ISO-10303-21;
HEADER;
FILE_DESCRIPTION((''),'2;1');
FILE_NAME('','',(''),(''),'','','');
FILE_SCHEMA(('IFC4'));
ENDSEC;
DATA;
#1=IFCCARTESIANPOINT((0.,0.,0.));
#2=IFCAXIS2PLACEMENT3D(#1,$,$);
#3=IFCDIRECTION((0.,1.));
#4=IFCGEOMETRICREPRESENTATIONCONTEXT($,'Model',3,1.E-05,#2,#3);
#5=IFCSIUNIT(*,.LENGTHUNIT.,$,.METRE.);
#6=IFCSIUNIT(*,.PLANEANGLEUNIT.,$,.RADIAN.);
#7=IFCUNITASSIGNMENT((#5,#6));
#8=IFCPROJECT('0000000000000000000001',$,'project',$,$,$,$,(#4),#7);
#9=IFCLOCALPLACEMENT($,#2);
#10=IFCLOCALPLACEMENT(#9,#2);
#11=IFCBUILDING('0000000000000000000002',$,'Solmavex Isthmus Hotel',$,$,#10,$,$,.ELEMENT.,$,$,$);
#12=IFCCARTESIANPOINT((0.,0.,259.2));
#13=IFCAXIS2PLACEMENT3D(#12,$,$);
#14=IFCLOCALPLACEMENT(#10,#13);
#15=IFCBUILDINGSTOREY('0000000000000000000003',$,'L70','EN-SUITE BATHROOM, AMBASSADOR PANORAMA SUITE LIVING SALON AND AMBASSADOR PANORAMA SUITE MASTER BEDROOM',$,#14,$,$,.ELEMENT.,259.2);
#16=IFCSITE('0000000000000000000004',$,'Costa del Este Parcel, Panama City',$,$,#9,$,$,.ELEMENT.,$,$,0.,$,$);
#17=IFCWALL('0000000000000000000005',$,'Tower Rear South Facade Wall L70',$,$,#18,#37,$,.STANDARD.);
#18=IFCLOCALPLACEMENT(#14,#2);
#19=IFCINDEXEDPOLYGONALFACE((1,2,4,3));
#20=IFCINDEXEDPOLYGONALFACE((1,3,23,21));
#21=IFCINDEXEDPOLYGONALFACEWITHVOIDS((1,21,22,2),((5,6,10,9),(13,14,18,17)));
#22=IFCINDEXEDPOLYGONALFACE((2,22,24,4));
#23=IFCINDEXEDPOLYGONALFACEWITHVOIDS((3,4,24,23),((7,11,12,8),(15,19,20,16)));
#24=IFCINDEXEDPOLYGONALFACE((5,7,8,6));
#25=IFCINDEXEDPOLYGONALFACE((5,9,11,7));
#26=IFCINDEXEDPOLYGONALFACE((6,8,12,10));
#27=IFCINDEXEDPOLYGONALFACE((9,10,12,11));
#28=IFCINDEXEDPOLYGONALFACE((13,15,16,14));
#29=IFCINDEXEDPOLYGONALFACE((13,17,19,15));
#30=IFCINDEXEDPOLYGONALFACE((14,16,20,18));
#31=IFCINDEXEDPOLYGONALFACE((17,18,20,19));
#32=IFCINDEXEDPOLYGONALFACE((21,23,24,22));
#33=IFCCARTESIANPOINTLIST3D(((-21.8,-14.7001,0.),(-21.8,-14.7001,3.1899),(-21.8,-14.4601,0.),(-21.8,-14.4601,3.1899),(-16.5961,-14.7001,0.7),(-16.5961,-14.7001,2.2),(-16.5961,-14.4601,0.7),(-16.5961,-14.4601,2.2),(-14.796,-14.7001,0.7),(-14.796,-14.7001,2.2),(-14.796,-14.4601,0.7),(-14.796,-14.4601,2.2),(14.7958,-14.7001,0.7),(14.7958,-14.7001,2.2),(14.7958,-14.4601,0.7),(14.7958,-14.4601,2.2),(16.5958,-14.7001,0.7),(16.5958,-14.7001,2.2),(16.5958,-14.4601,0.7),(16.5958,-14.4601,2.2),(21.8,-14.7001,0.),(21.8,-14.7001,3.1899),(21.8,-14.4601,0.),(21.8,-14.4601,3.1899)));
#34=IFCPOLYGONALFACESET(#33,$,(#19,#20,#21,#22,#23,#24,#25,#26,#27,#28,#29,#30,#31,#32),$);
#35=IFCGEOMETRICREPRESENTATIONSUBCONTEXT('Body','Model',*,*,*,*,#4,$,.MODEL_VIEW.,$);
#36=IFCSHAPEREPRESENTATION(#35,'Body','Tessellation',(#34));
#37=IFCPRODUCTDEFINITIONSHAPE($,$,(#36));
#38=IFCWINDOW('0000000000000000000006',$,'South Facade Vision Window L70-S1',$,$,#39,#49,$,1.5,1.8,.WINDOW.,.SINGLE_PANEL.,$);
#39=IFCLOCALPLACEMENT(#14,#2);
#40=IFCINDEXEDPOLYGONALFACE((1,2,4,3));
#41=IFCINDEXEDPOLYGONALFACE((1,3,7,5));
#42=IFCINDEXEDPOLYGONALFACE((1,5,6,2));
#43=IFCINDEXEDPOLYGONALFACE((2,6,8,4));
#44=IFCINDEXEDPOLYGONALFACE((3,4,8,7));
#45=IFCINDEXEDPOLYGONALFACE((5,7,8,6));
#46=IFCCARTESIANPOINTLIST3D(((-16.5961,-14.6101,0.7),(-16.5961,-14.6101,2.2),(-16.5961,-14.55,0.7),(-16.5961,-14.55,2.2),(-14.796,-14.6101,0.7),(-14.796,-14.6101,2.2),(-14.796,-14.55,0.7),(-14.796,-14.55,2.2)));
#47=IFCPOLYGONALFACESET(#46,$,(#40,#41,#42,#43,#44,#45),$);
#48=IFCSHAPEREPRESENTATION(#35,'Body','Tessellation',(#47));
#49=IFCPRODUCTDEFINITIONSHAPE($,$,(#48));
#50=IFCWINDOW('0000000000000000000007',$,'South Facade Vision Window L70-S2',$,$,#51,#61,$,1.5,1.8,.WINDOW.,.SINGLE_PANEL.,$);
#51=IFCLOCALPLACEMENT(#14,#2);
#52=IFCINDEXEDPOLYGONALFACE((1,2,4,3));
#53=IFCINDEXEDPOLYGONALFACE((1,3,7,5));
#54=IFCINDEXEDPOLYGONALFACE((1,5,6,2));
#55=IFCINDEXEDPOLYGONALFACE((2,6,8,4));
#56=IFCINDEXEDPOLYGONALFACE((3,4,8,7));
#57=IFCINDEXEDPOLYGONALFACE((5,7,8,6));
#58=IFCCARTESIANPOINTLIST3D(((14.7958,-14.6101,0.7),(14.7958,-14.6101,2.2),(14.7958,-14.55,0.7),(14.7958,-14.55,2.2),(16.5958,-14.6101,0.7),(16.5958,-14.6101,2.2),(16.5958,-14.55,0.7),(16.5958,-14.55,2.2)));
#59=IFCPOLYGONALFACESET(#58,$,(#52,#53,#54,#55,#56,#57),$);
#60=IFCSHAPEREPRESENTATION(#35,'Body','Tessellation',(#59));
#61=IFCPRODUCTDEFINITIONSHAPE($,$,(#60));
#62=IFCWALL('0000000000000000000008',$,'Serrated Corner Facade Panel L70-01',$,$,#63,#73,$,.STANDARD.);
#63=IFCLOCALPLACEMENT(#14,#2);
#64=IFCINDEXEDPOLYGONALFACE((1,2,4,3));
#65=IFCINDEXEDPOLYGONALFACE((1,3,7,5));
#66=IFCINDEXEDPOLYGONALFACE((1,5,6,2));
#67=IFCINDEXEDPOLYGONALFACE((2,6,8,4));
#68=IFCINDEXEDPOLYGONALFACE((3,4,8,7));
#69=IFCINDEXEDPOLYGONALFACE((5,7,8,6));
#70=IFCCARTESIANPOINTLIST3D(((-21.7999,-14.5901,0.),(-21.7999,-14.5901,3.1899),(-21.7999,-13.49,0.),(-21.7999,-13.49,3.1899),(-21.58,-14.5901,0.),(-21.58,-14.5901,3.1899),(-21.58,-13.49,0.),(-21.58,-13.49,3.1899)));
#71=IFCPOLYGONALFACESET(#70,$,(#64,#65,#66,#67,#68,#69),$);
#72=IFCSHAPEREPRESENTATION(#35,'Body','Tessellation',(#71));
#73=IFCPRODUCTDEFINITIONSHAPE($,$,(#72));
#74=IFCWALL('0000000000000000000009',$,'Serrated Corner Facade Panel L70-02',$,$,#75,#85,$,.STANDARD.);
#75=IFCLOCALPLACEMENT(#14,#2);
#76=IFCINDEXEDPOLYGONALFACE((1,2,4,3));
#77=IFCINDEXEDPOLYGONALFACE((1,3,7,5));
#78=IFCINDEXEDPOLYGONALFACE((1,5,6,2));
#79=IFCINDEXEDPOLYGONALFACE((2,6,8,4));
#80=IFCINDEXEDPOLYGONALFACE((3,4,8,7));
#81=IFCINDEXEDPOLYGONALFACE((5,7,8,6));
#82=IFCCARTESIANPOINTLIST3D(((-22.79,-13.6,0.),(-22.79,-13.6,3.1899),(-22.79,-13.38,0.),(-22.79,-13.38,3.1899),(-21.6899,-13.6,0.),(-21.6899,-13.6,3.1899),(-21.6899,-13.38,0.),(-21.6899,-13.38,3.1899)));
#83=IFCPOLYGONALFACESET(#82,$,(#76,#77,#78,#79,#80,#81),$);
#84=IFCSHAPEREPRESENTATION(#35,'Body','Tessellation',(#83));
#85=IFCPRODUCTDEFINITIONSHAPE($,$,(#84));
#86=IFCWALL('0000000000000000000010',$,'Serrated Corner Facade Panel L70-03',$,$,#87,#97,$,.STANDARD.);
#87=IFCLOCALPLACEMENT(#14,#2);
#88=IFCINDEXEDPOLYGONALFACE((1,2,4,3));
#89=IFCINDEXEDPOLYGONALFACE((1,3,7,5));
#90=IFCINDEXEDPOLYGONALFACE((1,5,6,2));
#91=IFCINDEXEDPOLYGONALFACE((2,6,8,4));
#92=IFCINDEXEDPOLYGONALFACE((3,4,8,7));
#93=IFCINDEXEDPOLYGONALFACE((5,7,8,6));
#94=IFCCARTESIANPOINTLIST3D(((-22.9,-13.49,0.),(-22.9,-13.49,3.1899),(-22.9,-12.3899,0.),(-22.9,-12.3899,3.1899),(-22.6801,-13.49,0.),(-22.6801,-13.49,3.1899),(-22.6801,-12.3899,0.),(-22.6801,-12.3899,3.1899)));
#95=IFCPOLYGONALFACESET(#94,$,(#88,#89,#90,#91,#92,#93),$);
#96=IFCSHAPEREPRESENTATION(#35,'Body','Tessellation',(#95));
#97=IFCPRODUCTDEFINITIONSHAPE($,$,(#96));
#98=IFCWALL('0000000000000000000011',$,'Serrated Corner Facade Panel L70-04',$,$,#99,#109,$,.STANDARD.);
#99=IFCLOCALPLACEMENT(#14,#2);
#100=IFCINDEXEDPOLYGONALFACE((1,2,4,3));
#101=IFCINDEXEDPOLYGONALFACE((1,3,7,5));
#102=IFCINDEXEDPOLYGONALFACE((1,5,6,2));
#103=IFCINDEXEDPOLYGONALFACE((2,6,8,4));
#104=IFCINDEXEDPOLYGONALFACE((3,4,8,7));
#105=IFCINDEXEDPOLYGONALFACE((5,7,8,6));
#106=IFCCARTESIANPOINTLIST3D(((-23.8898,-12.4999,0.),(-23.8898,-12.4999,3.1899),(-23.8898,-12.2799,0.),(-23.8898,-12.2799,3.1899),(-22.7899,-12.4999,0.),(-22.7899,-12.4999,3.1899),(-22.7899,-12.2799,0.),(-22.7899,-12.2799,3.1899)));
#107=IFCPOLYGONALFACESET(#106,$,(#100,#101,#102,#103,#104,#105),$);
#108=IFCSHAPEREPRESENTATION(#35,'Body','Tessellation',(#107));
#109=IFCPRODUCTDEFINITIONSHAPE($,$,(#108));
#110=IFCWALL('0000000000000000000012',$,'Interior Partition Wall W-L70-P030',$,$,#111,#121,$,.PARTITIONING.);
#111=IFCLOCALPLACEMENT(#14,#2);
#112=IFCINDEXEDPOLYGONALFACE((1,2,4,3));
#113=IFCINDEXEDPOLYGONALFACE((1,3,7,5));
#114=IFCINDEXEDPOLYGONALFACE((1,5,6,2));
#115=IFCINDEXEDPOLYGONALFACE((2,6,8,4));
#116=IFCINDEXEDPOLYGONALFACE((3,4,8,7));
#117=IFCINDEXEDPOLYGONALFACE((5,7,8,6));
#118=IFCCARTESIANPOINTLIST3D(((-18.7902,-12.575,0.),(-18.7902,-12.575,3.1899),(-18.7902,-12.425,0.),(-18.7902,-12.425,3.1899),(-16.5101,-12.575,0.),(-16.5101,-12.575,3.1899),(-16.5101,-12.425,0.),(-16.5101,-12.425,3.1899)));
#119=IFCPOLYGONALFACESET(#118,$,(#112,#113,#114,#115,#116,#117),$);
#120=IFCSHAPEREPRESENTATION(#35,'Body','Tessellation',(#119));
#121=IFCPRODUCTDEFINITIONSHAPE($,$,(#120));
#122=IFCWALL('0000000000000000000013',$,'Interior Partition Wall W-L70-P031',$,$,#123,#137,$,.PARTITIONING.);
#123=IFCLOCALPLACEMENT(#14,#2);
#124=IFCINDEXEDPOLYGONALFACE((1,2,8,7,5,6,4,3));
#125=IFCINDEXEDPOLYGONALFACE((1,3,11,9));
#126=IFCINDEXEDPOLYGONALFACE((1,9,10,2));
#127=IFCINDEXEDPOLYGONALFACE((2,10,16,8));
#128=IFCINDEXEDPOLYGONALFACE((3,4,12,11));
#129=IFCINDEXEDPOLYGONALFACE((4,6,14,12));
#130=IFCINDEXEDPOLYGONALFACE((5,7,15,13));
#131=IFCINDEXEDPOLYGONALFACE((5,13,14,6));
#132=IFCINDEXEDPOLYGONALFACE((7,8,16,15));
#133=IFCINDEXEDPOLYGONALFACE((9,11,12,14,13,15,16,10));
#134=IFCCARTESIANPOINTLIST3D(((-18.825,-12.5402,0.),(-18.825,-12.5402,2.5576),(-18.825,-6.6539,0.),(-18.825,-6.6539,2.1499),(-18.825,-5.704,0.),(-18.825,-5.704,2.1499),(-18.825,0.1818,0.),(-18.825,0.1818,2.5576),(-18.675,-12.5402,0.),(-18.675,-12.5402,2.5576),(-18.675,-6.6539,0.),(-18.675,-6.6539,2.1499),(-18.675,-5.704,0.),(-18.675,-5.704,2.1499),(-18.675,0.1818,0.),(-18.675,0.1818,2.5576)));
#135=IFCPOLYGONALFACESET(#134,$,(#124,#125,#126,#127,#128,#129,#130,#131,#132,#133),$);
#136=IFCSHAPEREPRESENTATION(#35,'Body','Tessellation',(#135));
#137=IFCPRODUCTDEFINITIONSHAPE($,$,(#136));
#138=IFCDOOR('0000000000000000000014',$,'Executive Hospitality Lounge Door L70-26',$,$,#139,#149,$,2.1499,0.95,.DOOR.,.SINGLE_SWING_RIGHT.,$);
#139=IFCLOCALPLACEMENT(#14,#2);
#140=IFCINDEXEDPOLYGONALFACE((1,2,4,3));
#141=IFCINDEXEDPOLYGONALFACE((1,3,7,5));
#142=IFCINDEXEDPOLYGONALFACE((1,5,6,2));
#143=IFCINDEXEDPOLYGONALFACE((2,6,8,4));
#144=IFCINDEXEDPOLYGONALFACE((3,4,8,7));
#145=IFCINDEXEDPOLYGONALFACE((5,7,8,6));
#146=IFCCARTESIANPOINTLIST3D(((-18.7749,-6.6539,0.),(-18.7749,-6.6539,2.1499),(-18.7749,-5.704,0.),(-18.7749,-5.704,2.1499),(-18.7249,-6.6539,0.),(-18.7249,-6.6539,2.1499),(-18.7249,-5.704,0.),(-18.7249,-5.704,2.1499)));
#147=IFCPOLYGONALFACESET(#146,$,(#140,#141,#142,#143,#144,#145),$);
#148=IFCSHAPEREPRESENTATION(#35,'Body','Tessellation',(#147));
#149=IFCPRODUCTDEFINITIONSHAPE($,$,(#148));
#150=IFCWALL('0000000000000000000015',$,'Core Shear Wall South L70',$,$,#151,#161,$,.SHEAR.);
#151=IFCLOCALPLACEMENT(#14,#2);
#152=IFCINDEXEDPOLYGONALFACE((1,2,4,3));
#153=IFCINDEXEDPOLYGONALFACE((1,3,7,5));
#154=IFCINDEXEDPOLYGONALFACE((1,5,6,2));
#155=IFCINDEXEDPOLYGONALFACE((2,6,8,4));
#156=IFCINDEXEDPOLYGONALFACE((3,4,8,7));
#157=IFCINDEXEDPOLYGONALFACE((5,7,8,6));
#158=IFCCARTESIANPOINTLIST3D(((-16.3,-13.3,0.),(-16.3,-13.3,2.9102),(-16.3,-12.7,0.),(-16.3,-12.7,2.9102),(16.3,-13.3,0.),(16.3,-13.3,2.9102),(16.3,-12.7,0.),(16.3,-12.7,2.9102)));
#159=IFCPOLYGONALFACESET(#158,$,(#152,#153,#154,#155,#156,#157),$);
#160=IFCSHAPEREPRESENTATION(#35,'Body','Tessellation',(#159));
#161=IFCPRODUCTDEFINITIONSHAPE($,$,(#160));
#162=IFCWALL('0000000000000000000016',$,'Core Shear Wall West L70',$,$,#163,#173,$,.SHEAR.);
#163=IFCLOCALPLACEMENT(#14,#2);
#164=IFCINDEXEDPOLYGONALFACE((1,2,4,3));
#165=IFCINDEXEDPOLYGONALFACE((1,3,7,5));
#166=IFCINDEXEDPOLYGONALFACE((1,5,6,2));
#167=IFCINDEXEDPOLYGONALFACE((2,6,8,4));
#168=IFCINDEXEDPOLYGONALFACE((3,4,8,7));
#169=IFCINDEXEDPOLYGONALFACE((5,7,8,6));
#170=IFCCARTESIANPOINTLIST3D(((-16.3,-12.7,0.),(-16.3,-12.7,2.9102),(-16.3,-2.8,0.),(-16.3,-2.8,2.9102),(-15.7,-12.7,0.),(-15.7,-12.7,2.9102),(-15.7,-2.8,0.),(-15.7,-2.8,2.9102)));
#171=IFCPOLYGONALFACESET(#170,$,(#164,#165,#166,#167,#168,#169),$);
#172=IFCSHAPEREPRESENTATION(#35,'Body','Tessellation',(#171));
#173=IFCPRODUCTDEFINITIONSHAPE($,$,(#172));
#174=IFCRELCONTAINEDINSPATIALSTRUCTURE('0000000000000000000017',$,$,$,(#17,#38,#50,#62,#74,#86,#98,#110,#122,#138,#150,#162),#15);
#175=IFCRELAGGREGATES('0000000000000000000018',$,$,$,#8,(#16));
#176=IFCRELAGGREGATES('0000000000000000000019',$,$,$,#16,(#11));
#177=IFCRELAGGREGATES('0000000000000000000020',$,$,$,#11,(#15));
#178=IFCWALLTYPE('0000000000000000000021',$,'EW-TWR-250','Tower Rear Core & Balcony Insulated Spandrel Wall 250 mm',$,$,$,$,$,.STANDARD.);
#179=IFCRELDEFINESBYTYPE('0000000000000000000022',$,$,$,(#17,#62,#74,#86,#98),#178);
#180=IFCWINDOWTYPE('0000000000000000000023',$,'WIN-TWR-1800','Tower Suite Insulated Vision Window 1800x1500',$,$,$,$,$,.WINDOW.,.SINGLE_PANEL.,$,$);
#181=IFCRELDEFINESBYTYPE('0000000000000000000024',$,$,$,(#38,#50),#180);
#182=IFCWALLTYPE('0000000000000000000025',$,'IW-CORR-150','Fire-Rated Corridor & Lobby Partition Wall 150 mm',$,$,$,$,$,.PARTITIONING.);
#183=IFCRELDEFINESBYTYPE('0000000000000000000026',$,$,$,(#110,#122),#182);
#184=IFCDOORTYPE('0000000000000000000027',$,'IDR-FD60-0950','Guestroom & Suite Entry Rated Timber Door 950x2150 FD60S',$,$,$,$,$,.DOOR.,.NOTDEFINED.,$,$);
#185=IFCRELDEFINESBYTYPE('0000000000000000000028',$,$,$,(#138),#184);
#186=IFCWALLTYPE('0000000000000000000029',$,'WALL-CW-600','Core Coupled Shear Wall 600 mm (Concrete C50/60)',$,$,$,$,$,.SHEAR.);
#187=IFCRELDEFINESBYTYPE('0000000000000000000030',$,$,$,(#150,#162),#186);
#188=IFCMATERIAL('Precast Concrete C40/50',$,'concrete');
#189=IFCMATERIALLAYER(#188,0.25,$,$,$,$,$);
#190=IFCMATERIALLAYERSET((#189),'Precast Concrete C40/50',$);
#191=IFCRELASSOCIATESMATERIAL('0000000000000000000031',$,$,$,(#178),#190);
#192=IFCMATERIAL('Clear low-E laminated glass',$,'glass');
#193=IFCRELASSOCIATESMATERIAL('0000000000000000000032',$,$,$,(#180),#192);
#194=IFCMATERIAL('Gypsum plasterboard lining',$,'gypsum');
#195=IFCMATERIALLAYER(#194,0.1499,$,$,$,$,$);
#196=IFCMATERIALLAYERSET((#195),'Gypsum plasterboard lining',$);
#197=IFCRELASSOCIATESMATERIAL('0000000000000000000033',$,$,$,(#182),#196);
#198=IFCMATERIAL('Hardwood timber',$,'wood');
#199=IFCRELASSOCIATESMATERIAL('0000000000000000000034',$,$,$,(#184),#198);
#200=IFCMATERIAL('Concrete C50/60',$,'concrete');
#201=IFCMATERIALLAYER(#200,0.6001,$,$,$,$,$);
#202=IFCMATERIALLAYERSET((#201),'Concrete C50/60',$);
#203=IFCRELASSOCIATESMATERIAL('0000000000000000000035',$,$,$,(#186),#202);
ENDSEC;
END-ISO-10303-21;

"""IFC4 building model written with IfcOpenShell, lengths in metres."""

from ifc_helpers import new_model, si_unit, direction, frame, frame_2d, origin, place, context, subcontext, project, spatial, rectangle, extrude, material, layer, layer_set, type_object, element, fill, save


model = new_model("IFC4")

# Units and contexts
model_context = context("Model", 3, precision=1e-05, world=origin(), true_north=direction((0.0, 1.0)))
body_context = subcontext(model_context, "Body", "Model", "MODEL_VIEW")
ifc_project = project(units=[si_unit("LENGTHUNIT", "METRE"), si_unit("PLANEANGLEUNIT", "RADIAN")], contexts=[model_context])

# Site, building, storey
site_placement = place(None, origin())
site = spatial("IfcSite", under=ifc_project, at=site_placement, Name="Costa del Este Parcel, Panama City", CompositionType="ELEMENT", RefElevation=0.0)
building_placement = place(site_placement, origin())
building = spatial("IfcBuilding", under=site, at=building_placement, Name="Solmavex Isthmus Hotel", CompositionType="ELEMENT")
storey_placement = place(building_placement, frame((0.0, 0.0, 259.2)))
storey = spatial("IfcBuildingStorey", under=building, at=storey_placement, Name="L70", Description="EN-SUITE BATHROOM, AMBASSADOR PANORAMA SUITE LIVING SALON AND AMBASSADOR PANORAMA SUITE MASTER BEDROOM", CompositionType="ELEMENT", Elevation=259.2)

# Shared definitions
ifc_material_1 = material(Name="Concrete C50/60", Category="concrete")

# Shared definitions
ifc_material_2 = material(Name="Clear low-E laminated glass", Category="glass")

# Wall, openings, windows
ifc_material_3 = material(Name="Precast Concrete C40/50", Category="concrete")
ifc_layer_1 = layer(ifc_material_3, 0.25)
ifc_layer_set_1 = layer_set([ifc_layer_1], Name="Precast Concrete C40/50")
wall_type_1 = type_object("IfcWallType", Name="EW-TWR-250", Description="Tower Rear Core & Balcony Insulated Spandrel Wall 250 mm", PredefinedType="STANDARD", material=ifc_layer_set_1)
wall_1_placement = place(storey_placement, frame((-21.8, -14.5801, 0.0), z_axis=(0.0, 0.0, 1.0), x_axis=(1.0, 0.0, 0.0)))
wall_1 = element("IfcWall", 1, at=wall_1_placement, inside=storey, type_object=wall_type_1, Name="Tower Rear South Facade Wall L70", PredefinedType="STANDARD", context=body_context, shape_type="SweptSolid", body=[
    extrude(rectangle(XDim=43.6001, YDim=0.24, at=frame_2d((21.8, 0.0))), origin(), (0.0, 0.0, 1.0), 3.1899),
])
opening_1_placement = place(wall_1_placement, frame((5.2041, 0.0, 0.7)))
opening_1 = element("IfcOpeningElement", 2, at=opening_1_placement, cuts=wall_1, PredefinedType="OPENING", context=body_context, shape_type="SweptSolid", body=[
    extrude(rectangle(XDim=1.8, YDim=1.5, at=frame_2d((0.8999, 0.75))), frame((0.0, 0.1299, 0.0), z_axis=(0.0, -1.0, 0.0), x_axis=(1.0, 0.0, 0.0)), (0.0, 0.0, 1.0), 0.26),
])
opening_2_placement = place(wall_1_placement, frame((36.5959, 0.0, 0.7)))
opening_2 = element("IfcOpeningElement", 3, at=opening_2_placement, cuts=wall_1, PredefinedType="OPENING", context=body_context, shape_type="SweptSolid", body=[
    extrude(rectangle(XDim=1.8, YDim=1.5, at=frame_2d((0.8999, 0.75))), frame((0.0, 0.1299, 0.0), z_axis=(0.0, -1.0, 0.0), x_axis=(1.0, 0.0, 0.0)), (0.0, 0.0, 1.0), 0.26),
])
window_type = type_object("IfcWindowType", Name="WIN-TWR-1800", Description="Tower Suite Insulated Vision Window 1800x1500", PartitioningType="SINGLE_PANEL", PredefinedType="WINDOW", material=ifc_material_2)
window_1_placement = place(opening_1_placement, origin())
window_1 = element("IfcWindow", 4, at=window_1_placement, inside=storey, type_object=window_type, Name="South Facade Vision Window L70-S1", OverallHeight=1.5, OverallWidth=1.8, PartitioningType="SINGLE_PANEL", PredefinedType="WINDOW", context=body_context, shape_type="SweptSolid", body=[
    extrude(rectangle(XDim=1.8, YDim=1.5, at=frame_2d((0.8999, 0.75))), frame((0.0, 0.03, 0.0), z_axis=(0.0, -1.0, 0.0), x_axis=(1.0, 0.0, 0.0)), (0.0, 0.0, 1.0), 0.0601),
])
fill(opening_1, window_1)
window_2_placement = place(opening_2_placement, origin())
window_2 = element("IfcWindow", 5, at=window_2_placement, inside=storey, type_object=window_type, Name="South Facade Vision Window L70-S2", OverallHeight=1.5, OverallWidth=1.8, PartitioningType="SINGLE_PANEL", PredefinedType="WINDOW", context=body_context, shape_type="SweptSolid", body=[
    extrude(rectangle(XDim=1.8, YDim=1.5, at=frame_2d((0.8999, 0.75))), frame((0.0, 0.03, 0.0), z_axis=(0.0, -1.0, 0.0), x_axis=(1.0, 0.0, 0.0)), (0.0, 0.0, 1.0), 0.0601),
])
fill(opening_2, window_2)

# Walls
for number, where, z_axis, x_axis, name in (
    (6, (-21.6899, -14.5901, 0.0), (0.0, 0.0, 1.0), (0.0, 1.0, 0.0), "Serrated Corner Facade Panel L70-01"),
    (7, (-21.6899, -13.49, 0.0), (0.0, 0.0, 1.0), (-1.0, 0.0, 0.0), "Serrated Corner Facade Panel L70-02"),
    (8, (-22.79, -13.49, 0.0), (0.0, 0.0, 1.0), (0.0, 1.0, 0.0), "Serrated Corner Facade Panel L70-03"),
):
    element("IfcWall", number, at=place(storey_placement, frame(where, z_axis=z_axis, x_axis=x_axis)), inside=storey, type_object=wall_type_1, Name=name, PredefinedType="STANDARD", context=body_context, shape_type="SweptSolid", body=[
        extrude(rectangle(XDim=1.1001, YDim=0.22, at=frame_2d((0.55, 0.0))), origin(), (0.0, 0.0, 1.0), 3.1899),
    ])
wall_2_placement = place(storey_placement, frame((-22.79, -12.3899, 0.0), z_axis=(0.0, 0.0, 1.0), x_axis=(-1.0, 0.0, 0.0)))
element("IfcWall", 9, at=wall_2_placement, inside=storey, type_object=wall_type_1, Name="Serrated Corner Facade Panel L70-04", PredefinedType="STANDARD", context=body_context, shape_type="SweptSolid", body=[
    extrude(rectangle(XDim=1.0999, YDim=0.22, at=frame_2d((0.5498, 0.0))), origin(), (0.0, 0.0, 1.0), 3.1899),
])
ifc_material_4 = material(Name="Gypsum plasterboard lining", Category="gypsum")
ifc_layer_2 = layer(ifc_material_4, 0.1499)
ifc_layer_set_2 = layer_set([ifc_layer_2], Name="Gypsum plasterboard lining")
wall_type_2 = type_object("IfcWallType", Name="IW-CORR-150", Description="Fire-Rated Corridor & Lobby Partition Wall 150 mm", PredefinedType="PARTITIONING", material=ifc_layer_set_2)
wall_3_placement = place(storey_placement, frame((-16.51, -12.5, 0.0), z_axis=(0.0, 0.0, 1.0), x_axis=(-1.0, 0.0, 0.0)))
element("IfcWall", 10, at=wall_3_placement, inside=storey, type_object=wall_type_2, Name="Interior Partition Wall W-L70-P030", PredefinedType="PARTITIONING", context=body_context, shape_type="SweptSolid", body=[
    extrude(rectangle(XDim=2.28, YDim=0.1499, at=frame_2d((1.1401, 0.0))), origin(), (0.0, 0.0, 1.0), 3.1899),
])

# Wall, opening, door
wall_4_placement = place(storey_placement, frame((-18.75, -12.54, 0.0), z_axis=(0.0, 0.0, 1.0), x_axis=(0.0, 1.0, 0.0)))
wall_4 = element("IfcWall", 11, at=wall_4_placement, inside=storey, type_object=wall_type_2, Name="Interior Partition Wall W-L70-P031", PredefinedType="PARTITIONING", context=body_context, shape_type="SweptSolid", body=[
    extrude(rectangle(XDim=12.7219, YDim=0.1499, at=frame_2d((6.3608, 0.0))), origin(), (0.0, 0.0, 1.0), 2.5576),
])
opening_3_placement = place(wall_4_placement, frame((5.886, 0.0, 0.0)))
opening_3 = element("IfcOpeningElement", 12, at=opening_3_placement, cuts=wall_4, PredefinedType="OPENING", context=body_context, shape_type="SweptSolid", body=[
    extrude(rectangle(XDim=0.95, YDim=2.1499, at=frame_2d((0.4751, 1.075))), frame((0.0, 0.085, 0.0), z_axis=(0.0, -1.0, 0.0), x_axis=(1.0, 0.0, 0.0)), (0.0, 0.0, 1.0), 0.1699),
])
ifc_material_5 = material(Name="Hardwood timber", Category="wood")
door_type = type_object("IfcDoorType", Name="IDR-FD60-0950", Description="Guestroom & Suite Entry Rated Timber Door 950x2150 FD60S", OperationType="NOTDEFINED", PredefinedType="DOOR", material=ifc_material_5)
door_placement = place(opening_3_placement, origin())
door = element("IfcDoor", 13, at=door_placement, inside=storey, type_object=door_type, Name="Executive Hospitality Lounge Door L70-26", OperationType="SINGLE_SWING_RIGHT", OverallHeight=2.1499, OverallWidth=0.95, PredefinedType="DOOR", context=body_context, shape_type="SweptSolid", body=[
    extrude(rectangle(XDim=0.95, YDim=2.1499, at=frame_2d((0.4751, 1.075))), frame((0.0, 0.0249, 0.0), z_axis=(0.0, -1.0, 0.0), x_axis=(1.0, 0.0, 0.0)), (0.0, 0.0, 1.0), 0.05),
])
fill(opening_3, door)

# Walls
ifc_layer_3 = layer(ifc_material_1, 0.6001)
ifc_layer_set_3 = layer_set([ifc_layer_3], Name="Concrete C50/60")
wall_type_3 = type_object("IfcWallType", Name="WALL-CW-600", Description="Core Coupled Shear Wall 600 mm (Concrete C50/60)", PredefinedType="SHEAR", material=ifc_layer_set_3)
wall_5_placement = place(storey_placement, frame((-16.3, -13.0, 0.0), z_axis=(0.0, 0.0, 1.0), x_axis=(1.0, 0.0, 0.0)))
element("IfcWall", 14, at=wall_5_placement, inside=storey, type_object=wall_type_3, Name="Core Shear Wall South L70", PredefinedType="SHEAR", context=body_context, shape_type="SweptSolid", body=[
    extrude(rectangle(XDim=32.6001, YDim=0.6001, at=frame_2d((16.3, 0.0))), origin(), (0.0, 0.0, 1.0), 2.9102),
])
wall_6_placement = place(storey_placement, frame((-16.0, -12.7, 0.0), z_axis=(0.0, 0.0, 1.0), x_axis=(0.0, 1.0, 0.0)))
element("IfcWall", 15, at=wall_6_placement, inside=storey, type_object=wall_type_3, Name="Core Shear Wall West L70", PredefinedType="SHEAR", context=body_context, shape_type="SweptSolid", body=[
    extrude(rectangle(XDim=9.8999, YDim=0.6001, at=frame_2d((4.95, 0.0))), origin(), (0.0, 0.0, 1.0), 2.9102),
])

save(model, "model.ifc")
